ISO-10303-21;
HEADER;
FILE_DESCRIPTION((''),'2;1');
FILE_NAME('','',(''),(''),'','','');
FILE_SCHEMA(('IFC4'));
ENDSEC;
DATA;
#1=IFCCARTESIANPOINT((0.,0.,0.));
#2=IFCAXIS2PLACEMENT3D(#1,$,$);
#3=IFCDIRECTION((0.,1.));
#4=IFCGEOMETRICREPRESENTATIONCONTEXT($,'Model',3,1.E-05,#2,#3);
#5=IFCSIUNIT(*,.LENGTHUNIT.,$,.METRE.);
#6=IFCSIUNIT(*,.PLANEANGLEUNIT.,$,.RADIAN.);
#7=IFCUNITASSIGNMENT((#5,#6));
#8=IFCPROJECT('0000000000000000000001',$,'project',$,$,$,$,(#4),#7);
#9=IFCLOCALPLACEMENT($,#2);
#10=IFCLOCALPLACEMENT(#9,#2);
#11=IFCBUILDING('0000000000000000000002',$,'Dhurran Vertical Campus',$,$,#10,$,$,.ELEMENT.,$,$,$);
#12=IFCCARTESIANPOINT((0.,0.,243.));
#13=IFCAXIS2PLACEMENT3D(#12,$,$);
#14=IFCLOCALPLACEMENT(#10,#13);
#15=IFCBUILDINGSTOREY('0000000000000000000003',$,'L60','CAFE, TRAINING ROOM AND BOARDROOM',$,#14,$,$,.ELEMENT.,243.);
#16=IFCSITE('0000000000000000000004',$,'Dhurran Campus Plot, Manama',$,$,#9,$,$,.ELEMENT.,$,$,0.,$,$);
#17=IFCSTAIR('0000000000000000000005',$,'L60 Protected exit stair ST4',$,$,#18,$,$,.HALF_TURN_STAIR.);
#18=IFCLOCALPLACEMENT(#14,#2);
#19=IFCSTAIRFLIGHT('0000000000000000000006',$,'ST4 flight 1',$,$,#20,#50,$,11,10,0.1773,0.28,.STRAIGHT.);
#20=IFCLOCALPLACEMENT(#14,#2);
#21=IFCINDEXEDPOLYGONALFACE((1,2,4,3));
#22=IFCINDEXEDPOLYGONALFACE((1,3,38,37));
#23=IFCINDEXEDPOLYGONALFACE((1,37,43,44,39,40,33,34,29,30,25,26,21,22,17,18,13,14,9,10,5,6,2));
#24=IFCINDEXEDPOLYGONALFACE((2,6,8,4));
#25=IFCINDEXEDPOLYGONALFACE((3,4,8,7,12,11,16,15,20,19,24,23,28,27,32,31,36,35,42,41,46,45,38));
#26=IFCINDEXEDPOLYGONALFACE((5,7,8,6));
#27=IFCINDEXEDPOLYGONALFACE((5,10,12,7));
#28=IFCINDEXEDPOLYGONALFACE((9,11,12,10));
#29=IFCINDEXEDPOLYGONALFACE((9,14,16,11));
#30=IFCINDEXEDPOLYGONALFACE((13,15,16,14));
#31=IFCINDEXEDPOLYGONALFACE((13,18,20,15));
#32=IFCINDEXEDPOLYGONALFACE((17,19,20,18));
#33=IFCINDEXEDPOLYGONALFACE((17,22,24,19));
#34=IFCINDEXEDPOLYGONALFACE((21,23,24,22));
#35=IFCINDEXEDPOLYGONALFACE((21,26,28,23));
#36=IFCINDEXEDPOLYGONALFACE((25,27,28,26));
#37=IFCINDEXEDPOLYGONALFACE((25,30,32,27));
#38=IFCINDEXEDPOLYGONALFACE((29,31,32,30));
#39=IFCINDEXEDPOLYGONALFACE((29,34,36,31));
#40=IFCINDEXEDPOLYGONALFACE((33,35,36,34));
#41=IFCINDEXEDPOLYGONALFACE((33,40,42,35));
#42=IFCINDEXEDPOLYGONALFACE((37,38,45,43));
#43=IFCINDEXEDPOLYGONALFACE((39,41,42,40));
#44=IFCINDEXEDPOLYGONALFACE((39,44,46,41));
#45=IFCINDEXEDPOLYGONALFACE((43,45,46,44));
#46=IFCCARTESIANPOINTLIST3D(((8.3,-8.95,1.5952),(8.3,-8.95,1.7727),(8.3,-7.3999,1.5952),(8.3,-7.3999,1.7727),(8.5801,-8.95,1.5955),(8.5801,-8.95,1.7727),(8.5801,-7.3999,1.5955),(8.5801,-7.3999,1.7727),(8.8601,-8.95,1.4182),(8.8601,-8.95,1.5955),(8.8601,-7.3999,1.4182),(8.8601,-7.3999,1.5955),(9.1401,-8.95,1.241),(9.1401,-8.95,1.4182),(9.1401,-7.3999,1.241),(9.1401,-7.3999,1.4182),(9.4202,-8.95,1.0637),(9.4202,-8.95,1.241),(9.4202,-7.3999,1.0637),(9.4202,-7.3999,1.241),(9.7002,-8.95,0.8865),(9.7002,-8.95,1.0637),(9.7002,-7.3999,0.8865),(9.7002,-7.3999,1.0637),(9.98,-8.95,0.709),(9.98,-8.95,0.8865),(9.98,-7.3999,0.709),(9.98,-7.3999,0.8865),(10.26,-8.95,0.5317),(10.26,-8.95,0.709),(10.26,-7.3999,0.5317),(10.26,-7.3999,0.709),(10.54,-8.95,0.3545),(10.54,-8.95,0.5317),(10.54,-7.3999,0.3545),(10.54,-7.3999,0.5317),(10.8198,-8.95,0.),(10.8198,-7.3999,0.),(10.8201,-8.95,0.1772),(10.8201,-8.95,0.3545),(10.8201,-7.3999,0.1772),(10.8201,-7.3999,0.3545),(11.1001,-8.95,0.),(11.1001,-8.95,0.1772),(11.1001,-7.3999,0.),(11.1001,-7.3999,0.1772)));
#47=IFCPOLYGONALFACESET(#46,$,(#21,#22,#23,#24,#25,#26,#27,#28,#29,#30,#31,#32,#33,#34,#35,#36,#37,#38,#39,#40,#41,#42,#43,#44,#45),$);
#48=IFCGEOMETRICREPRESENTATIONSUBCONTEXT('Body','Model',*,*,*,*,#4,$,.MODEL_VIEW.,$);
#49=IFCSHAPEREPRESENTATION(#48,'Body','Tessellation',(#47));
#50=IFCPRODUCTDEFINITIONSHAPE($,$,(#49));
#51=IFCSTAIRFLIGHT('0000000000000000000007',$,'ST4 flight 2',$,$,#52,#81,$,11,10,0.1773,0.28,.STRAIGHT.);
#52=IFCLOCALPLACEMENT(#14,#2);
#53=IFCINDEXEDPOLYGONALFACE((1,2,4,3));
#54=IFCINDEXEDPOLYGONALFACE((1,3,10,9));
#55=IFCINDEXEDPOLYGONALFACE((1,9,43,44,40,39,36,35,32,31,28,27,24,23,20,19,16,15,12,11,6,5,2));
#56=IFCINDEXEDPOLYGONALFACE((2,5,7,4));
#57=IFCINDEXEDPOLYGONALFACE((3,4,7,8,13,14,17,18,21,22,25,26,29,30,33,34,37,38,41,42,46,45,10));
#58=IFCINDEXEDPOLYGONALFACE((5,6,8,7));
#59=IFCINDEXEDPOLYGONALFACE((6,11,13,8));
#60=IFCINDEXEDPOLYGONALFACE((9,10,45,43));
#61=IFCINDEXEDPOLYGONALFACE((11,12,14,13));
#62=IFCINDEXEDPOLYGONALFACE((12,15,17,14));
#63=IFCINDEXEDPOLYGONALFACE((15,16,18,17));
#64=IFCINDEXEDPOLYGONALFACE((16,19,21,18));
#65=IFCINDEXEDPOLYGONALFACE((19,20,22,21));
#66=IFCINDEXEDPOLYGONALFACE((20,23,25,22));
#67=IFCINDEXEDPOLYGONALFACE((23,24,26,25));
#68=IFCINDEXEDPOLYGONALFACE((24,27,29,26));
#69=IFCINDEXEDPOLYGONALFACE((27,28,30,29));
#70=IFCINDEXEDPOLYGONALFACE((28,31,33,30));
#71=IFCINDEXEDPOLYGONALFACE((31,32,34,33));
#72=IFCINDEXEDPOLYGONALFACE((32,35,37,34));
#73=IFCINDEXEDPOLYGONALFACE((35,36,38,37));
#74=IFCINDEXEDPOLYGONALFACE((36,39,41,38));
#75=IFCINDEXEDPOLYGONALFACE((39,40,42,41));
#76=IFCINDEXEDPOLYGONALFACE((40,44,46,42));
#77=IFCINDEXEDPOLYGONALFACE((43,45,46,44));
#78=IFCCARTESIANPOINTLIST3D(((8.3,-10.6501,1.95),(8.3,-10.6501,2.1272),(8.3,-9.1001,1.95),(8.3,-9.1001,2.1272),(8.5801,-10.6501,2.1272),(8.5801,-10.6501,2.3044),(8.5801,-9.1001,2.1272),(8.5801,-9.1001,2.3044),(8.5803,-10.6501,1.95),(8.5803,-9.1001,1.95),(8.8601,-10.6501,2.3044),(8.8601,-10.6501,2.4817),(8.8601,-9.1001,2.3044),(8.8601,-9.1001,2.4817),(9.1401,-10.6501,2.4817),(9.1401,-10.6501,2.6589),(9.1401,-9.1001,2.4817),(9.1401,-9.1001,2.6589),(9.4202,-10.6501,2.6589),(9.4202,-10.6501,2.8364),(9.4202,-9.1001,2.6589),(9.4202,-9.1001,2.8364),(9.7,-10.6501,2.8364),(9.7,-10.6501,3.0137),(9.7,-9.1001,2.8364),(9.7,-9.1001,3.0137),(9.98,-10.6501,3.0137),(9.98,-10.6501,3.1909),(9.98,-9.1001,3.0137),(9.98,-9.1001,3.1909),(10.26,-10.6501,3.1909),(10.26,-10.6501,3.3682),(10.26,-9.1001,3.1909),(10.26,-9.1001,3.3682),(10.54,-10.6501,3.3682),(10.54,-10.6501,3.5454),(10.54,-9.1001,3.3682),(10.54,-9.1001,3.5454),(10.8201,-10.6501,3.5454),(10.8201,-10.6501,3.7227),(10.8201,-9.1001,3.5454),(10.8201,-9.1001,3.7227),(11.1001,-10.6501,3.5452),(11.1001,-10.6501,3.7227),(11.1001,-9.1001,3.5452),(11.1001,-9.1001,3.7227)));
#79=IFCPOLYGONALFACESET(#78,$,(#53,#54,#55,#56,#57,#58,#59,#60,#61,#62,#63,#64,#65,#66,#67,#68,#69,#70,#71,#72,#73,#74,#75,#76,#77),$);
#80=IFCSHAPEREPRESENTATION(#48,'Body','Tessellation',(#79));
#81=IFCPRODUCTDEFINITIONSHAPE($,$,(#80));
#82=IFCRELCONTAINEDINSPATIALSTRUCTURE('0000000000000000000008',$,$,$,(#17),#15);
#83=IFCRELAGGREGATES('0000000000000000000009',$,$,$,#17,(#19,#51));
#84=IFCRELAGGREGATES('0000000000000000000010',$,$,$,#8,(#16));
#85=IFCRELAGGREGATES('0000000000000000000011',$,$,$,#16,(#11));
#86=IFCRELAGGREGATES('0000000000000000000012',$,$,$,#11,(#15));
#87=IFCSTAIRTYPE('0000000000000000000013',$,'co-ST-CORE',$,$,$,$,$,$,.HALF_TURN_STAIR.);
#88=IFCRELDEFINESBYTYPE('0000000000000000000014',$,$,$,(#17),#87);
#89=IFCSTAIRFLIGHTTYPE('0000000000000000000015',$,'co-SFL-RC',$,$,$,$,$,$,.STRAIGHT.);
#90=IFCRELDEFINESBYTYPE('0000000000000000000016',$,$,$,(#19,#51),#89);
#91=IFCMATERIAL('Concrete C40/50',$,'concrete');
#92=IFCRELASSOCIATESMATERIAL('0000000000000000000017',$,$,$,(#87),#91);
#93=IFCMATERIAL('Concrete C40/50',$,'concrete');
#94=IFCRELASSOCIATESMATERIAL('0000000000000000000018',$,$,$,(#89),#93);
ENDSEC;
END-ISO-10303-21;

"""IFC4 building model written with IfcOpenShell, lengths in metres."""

from ifc_helpers import new_model, si_unit, direction, frame, origin, place, context, subcontext, project, spatial, polyline, outline, extrude, material, type_object, element, aggregate, save


model = new_model("IFC4")

# Units and contexts
model_context = context("Model", 3, precision=1e-05, world=origin(), true_north=direction((0.0, 1.0)))
body_context = subcontext(model_context, "Body", "Model", "MODEL_VIEW")
ifc_project = project(units=[si_unit("LENGTHUNIT", "METRE"), si_unit("PLANEANGLEUNIT", "RADIAN")], contexts=[model_context])

# Site, building, storey
site_placement = place(None, origin())
site = spatial("IfcSite", under=ifc_project, at=site_placement, Name="Dhurran Campus Plot, Manama", CompositionType="ELEMENT", RefElevation=0.0)
building_placement = place(site_placement, origin())
building = spatial("IfcBuilding", under=site, at=building_placement, Name="Dhurran Vertical Campus", CompositionType="ELEMENT")
storey_placement = place(building_placement, frame((0.0, 0.0, 243.0)))
storey = spatial("IfcBuildingStorey", under=building, at=storey_placement, Name="L60", Description="CAFE, TRAINING ROOM AND BOARDROOM", CompositionType="ELEMENT", Elevation=243.0)

# Stair, stair flights
ifc_material_1 = material(Name="Concrete C40/50", Category="concrete")
stair_type = type_object("IfcStairType", Name="co-ST-CORE", PredefinedType="HALF_TURN_STAIR", material=ifc_material_1)
stair_placement = place(storey_placement, origin())
stair = element("IfcStair", 1, at=stair_placement, inside=storey, type_object=stair_type, Name="L60 Protected exit stair ST4", PredefinedType="HALF_TURN_STAIR")
ifc_material_2 = material(Name="Concrete C40/50", Category="concrete")
stair_flight_type = type_object("IfcStairFlightType", Name="co-SFL-RC", PredefinedType="STRAIGHT", material=ifc_material_2)
stair_flight_1_placement = place(storey_placement, frame((11.1001, -8.175, 0.0), z_axis=(0.0, 0.0, 1.0), x_axis=(-1.0, 0.0, 0.0)))
stair_flight_1 = element("IfcStairFlight", 2, at=stair_flight_1_placement, type_object=stair_flight_type, Name="ST4 flight 1", NumberOfRisers=11, NumberOfTreads=10, PredefinedType="STRAIGHT", RiserHeight=0.1773, TreadLength=0.28, context=body_context, shape_type="SweptSolid", body=[
    extrude(outline(polyline([(0.0, 0.0), (0.0, 0.1772), (0.28, 0.1772), (0.28, 0.3545), (0.5601, 0.3545), (0.5601, 0.5317), (0.8401, 0.5317), (0.8401, 0.709), (1.1201, 0.709), (1.1201, 0.8865), (1.3999, 0.8865), (1.3999, 1.0637), (1.6799, 1.0637), (1.6799, 1.241), (1.96, 1.241), (1.96, 1.4182), (2.24, 1.4182), (2.24, 1.5955), (2.52, 1.5955), (2.52, 1.7727), (2.8, 1.7727), (2.8, 1.95), (2.8, 1.5952), (0.2803, 0.0), (0.0, 0.0)])), frame((0.0, 0.7749, 0.0), z_axis=(0.0, -1.0, 0.0), x_axis=(1.0, 0.0, 0.0)), (0.0, 0.0, 1.0), 1.55),
])
stair_flight_2_placement = place(storey_placement, frame((8.3, -9.875, 1.95), z_axis=(0.0, 0.0, 1.0), x_axis=(1.0, 0.0, 0.0)))
stair_flight_2 = element("IfcStairFlight", 3, at=stair_flight_2_placement, type_object=stair_flight_type, Name="ST4 flight 2", NumberOfRisers=11, NumberOfTreads=10, PredefinedType="STRAIGHT", RiserHeight=0.1773, TreadLength=0.28, context=body_context, shape_type="SweptSolid", body=[
    extrude(outline(polyline([(0.0, 0.0), (0.0, 0.1772), (0.28, 0.1772), (0.28, 0.3545), (0.5601, 0.3545), (0.5601, 0.5317), (0.8401, 0.5317), (0.8401, 0.709), (1.1201, 0.709), (1.1201, 0.8865), (1.3999, 0.8865), (1.3999, 1.0637), (1.6799, 1.0637), (1.6799, 1.241), (1.96, 1.241), (1.96, 1.4182), (2.24, 1.4182), (2.24, 1.5955), (2.52, 1.5955), (2.52, 1.7727), (2.8, 1.7727), (2.8, 1.95), (2.8, 1.5952), (0.2803, 0.0), (0.0, 0.0)])), frame((0.0, 0.7749, 0.0), z_axis=(0.0, -1.0, 0.0), x_axis=(1.0, 0.0, 0.0)), (0.0, 0.0, 1.0), 1.55),
])
aggregate(stair, [stair_flight_1, stair_flight_2])

save(model, "model.ifc")
